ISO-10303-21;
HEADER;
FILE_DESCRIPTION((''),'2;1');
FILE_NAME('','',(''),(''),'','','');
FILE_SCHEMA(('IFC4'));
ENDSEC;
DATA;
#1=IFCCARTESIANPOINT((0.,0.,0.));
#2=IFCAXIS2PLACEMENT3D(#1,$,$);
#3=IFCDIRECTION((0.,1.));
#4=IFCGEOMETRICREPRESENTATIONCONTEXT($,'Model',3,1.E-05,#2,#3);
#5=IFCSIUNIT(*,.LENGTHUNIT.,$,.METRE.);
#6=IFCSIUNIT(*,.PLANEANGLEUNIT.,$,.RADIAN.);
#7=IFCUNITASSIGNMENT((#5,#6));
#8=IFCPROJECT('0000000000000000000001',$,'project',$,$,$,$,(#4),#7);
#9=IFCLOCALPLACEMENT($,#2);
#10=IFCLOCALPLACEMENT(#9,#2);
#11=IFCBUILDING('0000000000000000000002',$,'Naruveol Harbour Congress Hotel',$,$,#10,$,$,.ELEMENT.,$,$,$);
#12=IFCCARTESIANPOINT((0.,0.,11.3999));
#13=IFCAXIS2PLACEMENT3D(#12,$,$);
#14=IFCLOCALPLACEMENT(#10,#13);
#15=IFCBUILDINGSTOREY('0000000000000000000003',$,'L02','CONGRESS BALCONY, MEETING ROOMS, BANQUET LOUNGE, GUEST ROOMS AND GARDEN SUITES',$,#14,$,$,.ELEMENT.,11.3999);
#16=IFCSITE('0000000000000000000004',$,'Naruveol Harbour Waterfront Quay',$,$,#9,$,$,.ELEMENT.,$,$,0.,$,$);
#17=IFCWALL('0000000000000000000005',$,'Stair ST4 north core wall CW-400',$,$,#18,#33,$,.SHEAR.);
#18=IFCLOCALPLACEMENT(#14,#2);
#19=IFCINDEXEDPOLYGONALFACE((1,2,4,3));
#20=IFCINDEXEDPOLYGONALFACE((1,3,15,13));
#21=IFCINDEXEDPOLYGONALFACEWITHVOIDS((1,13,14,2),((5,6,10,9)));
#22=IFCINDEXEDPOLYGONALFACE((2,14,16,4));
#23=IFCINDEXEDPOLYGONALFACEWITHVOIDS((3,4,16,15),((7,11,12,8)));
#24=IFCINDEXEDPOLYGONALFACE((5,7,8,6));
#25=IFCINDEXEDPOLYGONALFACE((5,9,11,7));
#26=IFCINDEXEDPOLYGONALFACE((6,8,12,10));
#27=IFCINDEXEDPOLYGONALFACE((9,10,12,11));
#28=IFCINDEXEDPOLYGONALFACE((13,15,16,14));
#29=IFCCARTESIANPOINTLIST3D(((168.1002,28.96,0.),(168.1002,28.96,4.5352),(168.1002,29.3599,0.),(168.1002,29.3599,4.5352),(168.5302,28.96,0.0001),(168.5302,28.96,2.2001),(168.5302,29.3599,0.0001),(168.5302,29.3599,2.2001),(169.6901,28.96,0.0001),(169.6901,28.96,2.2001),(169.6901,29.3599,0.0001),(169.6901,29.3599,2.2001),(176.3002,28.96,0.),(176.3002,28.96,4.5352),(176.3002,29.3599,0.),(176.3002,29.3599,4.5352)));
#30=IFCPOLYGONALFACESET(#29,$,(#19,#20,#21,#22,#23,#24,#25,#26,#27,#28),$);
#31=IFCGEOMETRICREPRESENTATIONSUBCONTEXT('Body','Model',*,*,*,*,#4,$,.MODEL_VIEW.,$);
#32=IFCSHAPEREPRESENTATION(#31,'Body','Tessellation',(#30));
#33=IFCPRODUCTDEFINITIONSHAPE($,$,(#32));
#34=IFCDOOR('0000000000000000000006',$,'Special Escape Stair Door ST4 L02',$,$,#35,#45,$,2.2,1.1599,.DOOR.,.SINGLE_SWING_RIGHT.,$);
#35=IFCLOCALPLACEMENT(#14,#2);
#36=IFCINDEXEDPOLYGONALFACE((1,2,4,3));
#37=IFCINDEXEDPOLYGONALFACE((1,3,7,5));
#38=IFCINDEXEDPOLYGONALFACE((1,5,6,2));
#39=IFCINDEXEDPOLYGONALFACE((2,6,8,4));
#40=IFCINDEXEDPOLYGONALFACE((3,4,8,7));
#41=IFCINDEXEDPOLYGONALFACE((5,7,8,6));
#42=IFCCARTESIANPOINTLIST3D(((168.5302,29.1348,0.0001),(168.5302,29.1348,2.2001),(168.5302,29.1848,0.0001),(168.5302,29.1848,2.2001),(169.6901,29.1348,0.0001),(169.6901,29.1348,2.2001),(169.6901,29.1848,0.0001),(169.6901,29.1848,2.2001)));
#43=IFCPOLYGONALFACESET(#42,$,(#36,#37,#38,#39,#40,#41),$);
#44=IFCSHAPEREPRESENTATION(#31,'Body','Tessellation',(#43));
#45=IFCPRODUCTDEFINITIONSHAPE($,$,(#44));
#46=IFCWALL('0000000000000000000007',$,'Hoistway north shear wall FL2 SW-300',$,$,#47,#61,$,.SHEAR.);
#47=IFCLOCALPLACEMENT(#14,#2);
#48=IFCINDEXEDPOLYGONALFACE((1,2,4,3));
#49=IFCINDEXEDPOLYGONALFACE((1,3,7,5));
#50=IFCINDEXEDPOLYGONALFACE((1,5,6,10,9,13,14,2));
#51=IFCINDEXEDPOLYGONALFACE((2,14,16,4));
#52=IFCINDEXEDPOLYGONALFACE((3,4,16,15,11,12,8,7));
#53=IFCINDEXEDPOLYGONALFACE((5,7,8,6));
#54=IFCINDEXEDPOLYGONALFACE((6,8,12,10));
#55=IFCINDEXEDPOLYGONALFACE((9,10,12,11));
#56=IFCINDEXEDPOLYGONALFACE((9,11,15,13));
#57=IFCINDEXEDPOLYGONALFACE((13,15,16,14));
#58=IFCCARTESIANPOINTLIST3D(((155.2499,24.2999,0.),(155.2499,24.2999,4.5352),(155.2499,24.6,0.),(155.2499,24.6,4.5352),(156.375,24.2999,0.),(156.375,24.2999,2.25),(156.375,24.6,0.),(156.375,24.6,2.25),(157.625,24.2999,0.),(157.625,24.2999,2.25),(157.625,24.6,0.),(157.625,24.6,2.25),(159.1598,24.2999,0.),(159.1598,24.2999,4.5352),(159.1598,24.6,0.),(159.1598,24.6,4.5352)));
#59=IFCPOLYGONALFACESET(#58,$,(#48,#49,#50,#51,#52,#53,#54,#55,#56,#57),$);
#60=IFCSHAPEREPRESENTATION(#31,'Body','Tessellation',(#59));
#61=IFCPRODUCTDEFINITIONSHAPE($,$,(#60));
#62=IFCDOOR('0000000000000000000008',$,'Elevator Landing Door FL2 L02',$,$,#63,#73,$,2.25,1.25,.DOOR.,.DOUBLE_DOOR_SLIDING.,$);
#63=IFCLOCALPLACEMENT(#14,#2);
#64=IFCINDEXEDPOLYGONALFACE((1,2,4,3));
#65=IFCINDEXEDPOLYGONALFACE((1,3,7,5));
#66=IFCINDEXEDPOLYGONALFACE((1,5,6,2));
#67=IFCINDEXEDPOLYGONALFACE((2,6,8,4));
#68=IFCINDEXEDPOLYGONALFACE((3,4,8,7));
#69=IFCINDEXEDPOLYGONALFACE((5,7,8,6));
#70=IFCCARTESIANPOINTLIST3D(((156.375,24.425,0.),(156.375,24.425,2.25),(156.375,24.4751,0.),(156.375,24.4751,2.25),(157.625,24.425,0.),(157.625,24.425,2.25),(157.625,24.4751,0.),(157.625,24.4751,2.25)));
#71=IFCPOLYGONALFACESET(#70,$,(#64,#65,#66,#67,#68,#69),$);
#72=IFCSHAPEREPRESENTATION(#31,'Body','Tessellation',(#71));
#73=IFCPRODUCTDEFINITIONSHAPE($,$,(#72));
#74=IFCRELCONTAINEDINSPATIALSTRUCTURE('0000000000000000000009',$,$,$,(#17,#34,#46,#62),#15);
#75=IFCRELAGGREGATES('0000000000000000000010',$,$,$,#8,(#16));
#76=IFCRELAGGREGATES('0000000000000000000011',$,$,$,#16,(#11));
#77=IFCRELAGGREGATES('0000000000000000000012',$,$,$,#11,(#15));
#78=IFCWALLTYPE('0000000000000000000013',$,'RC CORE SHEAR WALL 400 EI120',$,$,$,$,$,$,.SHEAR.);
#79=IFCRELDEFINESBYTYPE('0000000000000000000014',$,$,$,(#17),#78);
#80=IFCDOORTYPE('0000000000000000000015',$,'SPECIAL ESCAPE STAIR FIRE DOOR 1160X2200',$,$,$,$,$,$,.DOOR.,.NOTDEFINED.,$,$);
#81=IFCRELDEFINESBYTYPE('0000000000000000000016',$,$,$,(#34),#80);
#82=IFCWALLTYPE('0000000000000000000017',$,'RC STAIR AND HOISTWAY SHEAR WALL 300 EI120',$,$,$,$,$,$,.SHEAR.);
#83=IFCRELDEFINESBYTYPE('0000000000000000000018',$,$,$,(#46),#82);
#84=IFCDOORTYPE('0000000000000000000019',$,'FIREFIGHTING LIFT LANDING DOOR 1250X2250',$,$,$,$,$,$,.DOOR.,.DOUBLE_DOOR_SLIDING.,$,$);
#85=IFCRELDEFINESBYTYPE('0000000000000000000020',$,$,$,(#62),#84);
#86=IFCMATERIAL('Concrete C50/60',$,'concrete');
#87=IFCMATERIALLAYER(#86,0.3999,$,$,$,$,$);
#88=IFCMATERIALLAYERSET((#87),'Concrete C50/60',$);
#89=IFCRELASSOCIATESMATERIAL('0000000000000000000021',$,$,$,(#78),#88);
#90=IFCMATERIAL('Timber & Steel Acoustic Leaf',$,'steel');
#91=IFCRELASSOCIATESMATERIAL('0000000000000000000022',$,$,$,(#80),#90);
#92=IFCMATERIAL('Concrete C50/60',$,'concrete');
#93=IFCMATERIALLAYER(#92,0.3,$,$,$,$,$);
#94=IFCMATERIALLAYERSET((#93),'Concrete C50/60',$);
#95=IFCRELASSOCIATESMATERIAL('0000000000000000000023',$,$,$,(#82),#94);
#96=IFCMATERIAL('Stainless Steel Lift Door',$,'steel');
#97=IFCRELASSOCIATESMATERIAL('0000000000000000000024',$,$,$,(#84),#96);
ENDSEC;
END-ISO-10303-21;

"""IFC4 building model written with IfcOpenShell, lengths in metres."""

from ifc_helpers import new_model, si_unit, direction, frame, frame_2d, origin, place, context, subcontext, project, spatial, rectangle, extrude, material, layer, layer_set, type_object, element, fill, save


model = new_model("IFC4")

# Units and contexts
model_context = context("Model", 3, precision=1e-05, world=origin(), true_north=direction((0.0, 1.0)))
body_context = subcontext(model_context, "Body", "Model", "MODEL_VIEW")
ifc_project = project(units=[si_unit("LENGTHUNIT", "METRE"), si_unit("PLANEANGLEUNIT", "RADIAN")], contexts=[model_context])

# Site, building, storey
site_placement = place(None, origin())
site = spatial("IfcSite", under=ifc_project, at=site_placement, Name="Naruveol Harbour Waterfront Quay", CompositionType="ELEMENT", RefElevation=0.0)
building_placement = place(site_placement, origin())
building = spatial("IfcBuilding", under=site, at=building_placement, Name="Naruveol Harbour Congress Hotel", CompositionType="ELEMENT")
storey_placement = place(building_placement, frame((0.0, 0.0, 11.3999)))
storey = spatial("IfcBuildingStorey", under=building, at=storey_placement, Name="L02", Description="CONGRESS BALCONY, MEETING ROOMS, BANQUET LOUNGE, GUEST ROOMS AND GARDEN SUITES", CompositionType="ELEMENT", Elevation=11.3999)

# Shared definitions
ifc_material_1 = material(Name="Concrete C50/60", Category="concrete")
ifc_layer_1 = layer(ifc_material_1, 0.3999)
ifc_layer_set_1 = layer_set([ifc_layer_1], Name="Concrete C50/60")
wall_type_1 = type_object("IfcWallType", Name="RC CORE SHEAR WALL 400 EI120", PredefinedType="SHEAR", material=ifc_layer_set_1)

# Walls, openings, doors
wall_1_placement = place(storey_placement, frame((168.1001, 29.1599, 0.0), z_axis=(0.0, 0.0, 1.0), x_axis=(1.0, 0.0, 0.0)))
wall_1 = element("IfcWall", 1, at=wall_1_placement, inside=storey, type_object=wall_type_1, Name="Stair ST4 north core wall CW-400", PredefinedType="SHEAR", context=body_context, shape_type="SweptSolid", body=[
    extrude(rectangle(XDim=8.2, YDim=0.3999, at=frame_2d((4.1001, 0.0))), origin(), (0.0, 0.0, 1.0), 4.5352),
])
opening_1_placement = place(wall_1_placement, frame((0.4299, 0.0, 0.0)))
opening_1 = element("IfcOpeningElement", 2, at=opening_1_placement, cuts=wall_1, PredefinedType="OPENING", context=body_context, shape_type="SweptSolid", body=[
    extrude(rectangle(XDim=1.1599, YDim=2.2, at=frame_2d((0.5801, 1.1001))), frame((0.0, 0.21, 0.0), z_axis=(0.0, -1.0, 0.0), x_axis=(1.0, 0.0, 0.0)), (0.0, 0.0, 1.0), 0.4199),
])
ifc_material_2 = material(Name="Timber & Steel Acoustic Leaf", Category="steel")
door_type_1 = type_object("IfcDoorType", Name="SPECIAL ESCAPE STAIR FIRE DOOR 1160X2200", OperationType="NOTDEFINED", PredefinedType="DOOR", material=ifc_material_2)
door_1_placement = place(opening_1_placement, origin())
door_1 = element("IfcDoor", 3, at=door_1_placement, inside=storey, type_object=door_type_1, Name="Special Escape Stair Door ST4 L02", OperationType="SINGLE_SWING_RIGHT", OverallHeight=2.2, OverallWidth=1.1599, PredefinedType="DOOR", context=body_context, shape_type="SweptSolid", body=[
    extrude(rectangle(XDim=1.1599, YDim=2.2, at=frame_2d((0.5801, 1.1001))), frame((0.0, 0.0249, 0.0), z_axis=(0.0, -1.0, 0.0), x_axis=(1.0, 0.0, 0.0)), (0.0, 0.0, 1.0), 0.05),
])
fill(opening_1, door_1)
ifc_material_3 = material(Name="Concrete C50/60", Category="concrete")
ifc_layer_2 = layer(ifc_material_3, 0.3)
ifc_layer_set_2 = layer_set([ifc_layer_2], Name="Concrete C50/60")
wall_type_2 = type_object("IfcWallType", Name="RC STAIR AND HOISTWAY SHEAR WALL 300 EI120", PredefinedType="SHEAR", material=ifc_layer_set_2)
wall_2_placement = place(storey_placement, frame((159.1599, 24.45, 0.0), z_axis=(0.0, 0.0, 1.0), x_axis=(-1.0, 0.0, 0.0)))
wall_2 = element("IfcWall", 4, at=wall_2_placement, inside=storey, type_object=wall_type_2, Name="Hoistway north shear wall FL2 SW-300", PredefinedType="SHEAR", context=body_context, shape_type="SweptSolid", body=[
    extrude(rectangle(XDim=3.9099, YDim=0.3, at=frame_2d((1.9551, 0.0))), origin(), (0.0, 0.0, 1.0), 4.5352),
])
opening_2_placement = place(wall_2_placement, frame((1.5349, 0.0, 0.0)))
opening_2 = element("IfcOpeningElement", 5, at=opening_2_placement, cuts=wall_2, PredefinedType="OPENING", context=body_context, shape_type="SweptSolid", body=[
    extrude(rectangle(XDim=1.25, YDim=2.25, at=frame_2d((0.625, 1.125))), frame((0.0, 0.1599, 0.0), z_axis=(0.0, -1.0, 0.0), x_axis=(1.0, 0.0, 0.0)), (0.0, 0.0, 1.0), 0.3201),
])
ifc_material_4 = material(Name="Stainless Steel Lift Door", Category="steel")
door_type_2 = type_object("IfcDoorType", Name="FIREFIGHTING LIFT LANDING DOOR 1250X2250", OperationType="DOUBLE_DOOR_SLIDING", PredefinedType="DOOR", material=ifc_material_4)
door_2_placement = place(opening_2_placement, origin())
door_2 = element("IfcDoor", 6, at=door_2_placement, inside=storey, type_object=door_type_2, Name="Elevator Landing Door FL2 L02", OperationType="DOUBLE_DOOR_SLIDING", OverallHeight=2.25, OverallWidth=1.25, PredefinedType="DOOR", context=body_context, shape_type="SweptSolid", body=[
    extrude(rectangle(XDim=1.25, YDim=2.25, at=frame_2d((0.625, 1.125))), frame((0.0, 0.0249, 0.0), z_axis=(0.0, -1.0, 0.0), x_axis=(1.0, 0.0, 0.0)), (0.0, 0.0, 1.0), 0.05),
])
fill(opening_2, door_2)

save(model, "model.ifc")
